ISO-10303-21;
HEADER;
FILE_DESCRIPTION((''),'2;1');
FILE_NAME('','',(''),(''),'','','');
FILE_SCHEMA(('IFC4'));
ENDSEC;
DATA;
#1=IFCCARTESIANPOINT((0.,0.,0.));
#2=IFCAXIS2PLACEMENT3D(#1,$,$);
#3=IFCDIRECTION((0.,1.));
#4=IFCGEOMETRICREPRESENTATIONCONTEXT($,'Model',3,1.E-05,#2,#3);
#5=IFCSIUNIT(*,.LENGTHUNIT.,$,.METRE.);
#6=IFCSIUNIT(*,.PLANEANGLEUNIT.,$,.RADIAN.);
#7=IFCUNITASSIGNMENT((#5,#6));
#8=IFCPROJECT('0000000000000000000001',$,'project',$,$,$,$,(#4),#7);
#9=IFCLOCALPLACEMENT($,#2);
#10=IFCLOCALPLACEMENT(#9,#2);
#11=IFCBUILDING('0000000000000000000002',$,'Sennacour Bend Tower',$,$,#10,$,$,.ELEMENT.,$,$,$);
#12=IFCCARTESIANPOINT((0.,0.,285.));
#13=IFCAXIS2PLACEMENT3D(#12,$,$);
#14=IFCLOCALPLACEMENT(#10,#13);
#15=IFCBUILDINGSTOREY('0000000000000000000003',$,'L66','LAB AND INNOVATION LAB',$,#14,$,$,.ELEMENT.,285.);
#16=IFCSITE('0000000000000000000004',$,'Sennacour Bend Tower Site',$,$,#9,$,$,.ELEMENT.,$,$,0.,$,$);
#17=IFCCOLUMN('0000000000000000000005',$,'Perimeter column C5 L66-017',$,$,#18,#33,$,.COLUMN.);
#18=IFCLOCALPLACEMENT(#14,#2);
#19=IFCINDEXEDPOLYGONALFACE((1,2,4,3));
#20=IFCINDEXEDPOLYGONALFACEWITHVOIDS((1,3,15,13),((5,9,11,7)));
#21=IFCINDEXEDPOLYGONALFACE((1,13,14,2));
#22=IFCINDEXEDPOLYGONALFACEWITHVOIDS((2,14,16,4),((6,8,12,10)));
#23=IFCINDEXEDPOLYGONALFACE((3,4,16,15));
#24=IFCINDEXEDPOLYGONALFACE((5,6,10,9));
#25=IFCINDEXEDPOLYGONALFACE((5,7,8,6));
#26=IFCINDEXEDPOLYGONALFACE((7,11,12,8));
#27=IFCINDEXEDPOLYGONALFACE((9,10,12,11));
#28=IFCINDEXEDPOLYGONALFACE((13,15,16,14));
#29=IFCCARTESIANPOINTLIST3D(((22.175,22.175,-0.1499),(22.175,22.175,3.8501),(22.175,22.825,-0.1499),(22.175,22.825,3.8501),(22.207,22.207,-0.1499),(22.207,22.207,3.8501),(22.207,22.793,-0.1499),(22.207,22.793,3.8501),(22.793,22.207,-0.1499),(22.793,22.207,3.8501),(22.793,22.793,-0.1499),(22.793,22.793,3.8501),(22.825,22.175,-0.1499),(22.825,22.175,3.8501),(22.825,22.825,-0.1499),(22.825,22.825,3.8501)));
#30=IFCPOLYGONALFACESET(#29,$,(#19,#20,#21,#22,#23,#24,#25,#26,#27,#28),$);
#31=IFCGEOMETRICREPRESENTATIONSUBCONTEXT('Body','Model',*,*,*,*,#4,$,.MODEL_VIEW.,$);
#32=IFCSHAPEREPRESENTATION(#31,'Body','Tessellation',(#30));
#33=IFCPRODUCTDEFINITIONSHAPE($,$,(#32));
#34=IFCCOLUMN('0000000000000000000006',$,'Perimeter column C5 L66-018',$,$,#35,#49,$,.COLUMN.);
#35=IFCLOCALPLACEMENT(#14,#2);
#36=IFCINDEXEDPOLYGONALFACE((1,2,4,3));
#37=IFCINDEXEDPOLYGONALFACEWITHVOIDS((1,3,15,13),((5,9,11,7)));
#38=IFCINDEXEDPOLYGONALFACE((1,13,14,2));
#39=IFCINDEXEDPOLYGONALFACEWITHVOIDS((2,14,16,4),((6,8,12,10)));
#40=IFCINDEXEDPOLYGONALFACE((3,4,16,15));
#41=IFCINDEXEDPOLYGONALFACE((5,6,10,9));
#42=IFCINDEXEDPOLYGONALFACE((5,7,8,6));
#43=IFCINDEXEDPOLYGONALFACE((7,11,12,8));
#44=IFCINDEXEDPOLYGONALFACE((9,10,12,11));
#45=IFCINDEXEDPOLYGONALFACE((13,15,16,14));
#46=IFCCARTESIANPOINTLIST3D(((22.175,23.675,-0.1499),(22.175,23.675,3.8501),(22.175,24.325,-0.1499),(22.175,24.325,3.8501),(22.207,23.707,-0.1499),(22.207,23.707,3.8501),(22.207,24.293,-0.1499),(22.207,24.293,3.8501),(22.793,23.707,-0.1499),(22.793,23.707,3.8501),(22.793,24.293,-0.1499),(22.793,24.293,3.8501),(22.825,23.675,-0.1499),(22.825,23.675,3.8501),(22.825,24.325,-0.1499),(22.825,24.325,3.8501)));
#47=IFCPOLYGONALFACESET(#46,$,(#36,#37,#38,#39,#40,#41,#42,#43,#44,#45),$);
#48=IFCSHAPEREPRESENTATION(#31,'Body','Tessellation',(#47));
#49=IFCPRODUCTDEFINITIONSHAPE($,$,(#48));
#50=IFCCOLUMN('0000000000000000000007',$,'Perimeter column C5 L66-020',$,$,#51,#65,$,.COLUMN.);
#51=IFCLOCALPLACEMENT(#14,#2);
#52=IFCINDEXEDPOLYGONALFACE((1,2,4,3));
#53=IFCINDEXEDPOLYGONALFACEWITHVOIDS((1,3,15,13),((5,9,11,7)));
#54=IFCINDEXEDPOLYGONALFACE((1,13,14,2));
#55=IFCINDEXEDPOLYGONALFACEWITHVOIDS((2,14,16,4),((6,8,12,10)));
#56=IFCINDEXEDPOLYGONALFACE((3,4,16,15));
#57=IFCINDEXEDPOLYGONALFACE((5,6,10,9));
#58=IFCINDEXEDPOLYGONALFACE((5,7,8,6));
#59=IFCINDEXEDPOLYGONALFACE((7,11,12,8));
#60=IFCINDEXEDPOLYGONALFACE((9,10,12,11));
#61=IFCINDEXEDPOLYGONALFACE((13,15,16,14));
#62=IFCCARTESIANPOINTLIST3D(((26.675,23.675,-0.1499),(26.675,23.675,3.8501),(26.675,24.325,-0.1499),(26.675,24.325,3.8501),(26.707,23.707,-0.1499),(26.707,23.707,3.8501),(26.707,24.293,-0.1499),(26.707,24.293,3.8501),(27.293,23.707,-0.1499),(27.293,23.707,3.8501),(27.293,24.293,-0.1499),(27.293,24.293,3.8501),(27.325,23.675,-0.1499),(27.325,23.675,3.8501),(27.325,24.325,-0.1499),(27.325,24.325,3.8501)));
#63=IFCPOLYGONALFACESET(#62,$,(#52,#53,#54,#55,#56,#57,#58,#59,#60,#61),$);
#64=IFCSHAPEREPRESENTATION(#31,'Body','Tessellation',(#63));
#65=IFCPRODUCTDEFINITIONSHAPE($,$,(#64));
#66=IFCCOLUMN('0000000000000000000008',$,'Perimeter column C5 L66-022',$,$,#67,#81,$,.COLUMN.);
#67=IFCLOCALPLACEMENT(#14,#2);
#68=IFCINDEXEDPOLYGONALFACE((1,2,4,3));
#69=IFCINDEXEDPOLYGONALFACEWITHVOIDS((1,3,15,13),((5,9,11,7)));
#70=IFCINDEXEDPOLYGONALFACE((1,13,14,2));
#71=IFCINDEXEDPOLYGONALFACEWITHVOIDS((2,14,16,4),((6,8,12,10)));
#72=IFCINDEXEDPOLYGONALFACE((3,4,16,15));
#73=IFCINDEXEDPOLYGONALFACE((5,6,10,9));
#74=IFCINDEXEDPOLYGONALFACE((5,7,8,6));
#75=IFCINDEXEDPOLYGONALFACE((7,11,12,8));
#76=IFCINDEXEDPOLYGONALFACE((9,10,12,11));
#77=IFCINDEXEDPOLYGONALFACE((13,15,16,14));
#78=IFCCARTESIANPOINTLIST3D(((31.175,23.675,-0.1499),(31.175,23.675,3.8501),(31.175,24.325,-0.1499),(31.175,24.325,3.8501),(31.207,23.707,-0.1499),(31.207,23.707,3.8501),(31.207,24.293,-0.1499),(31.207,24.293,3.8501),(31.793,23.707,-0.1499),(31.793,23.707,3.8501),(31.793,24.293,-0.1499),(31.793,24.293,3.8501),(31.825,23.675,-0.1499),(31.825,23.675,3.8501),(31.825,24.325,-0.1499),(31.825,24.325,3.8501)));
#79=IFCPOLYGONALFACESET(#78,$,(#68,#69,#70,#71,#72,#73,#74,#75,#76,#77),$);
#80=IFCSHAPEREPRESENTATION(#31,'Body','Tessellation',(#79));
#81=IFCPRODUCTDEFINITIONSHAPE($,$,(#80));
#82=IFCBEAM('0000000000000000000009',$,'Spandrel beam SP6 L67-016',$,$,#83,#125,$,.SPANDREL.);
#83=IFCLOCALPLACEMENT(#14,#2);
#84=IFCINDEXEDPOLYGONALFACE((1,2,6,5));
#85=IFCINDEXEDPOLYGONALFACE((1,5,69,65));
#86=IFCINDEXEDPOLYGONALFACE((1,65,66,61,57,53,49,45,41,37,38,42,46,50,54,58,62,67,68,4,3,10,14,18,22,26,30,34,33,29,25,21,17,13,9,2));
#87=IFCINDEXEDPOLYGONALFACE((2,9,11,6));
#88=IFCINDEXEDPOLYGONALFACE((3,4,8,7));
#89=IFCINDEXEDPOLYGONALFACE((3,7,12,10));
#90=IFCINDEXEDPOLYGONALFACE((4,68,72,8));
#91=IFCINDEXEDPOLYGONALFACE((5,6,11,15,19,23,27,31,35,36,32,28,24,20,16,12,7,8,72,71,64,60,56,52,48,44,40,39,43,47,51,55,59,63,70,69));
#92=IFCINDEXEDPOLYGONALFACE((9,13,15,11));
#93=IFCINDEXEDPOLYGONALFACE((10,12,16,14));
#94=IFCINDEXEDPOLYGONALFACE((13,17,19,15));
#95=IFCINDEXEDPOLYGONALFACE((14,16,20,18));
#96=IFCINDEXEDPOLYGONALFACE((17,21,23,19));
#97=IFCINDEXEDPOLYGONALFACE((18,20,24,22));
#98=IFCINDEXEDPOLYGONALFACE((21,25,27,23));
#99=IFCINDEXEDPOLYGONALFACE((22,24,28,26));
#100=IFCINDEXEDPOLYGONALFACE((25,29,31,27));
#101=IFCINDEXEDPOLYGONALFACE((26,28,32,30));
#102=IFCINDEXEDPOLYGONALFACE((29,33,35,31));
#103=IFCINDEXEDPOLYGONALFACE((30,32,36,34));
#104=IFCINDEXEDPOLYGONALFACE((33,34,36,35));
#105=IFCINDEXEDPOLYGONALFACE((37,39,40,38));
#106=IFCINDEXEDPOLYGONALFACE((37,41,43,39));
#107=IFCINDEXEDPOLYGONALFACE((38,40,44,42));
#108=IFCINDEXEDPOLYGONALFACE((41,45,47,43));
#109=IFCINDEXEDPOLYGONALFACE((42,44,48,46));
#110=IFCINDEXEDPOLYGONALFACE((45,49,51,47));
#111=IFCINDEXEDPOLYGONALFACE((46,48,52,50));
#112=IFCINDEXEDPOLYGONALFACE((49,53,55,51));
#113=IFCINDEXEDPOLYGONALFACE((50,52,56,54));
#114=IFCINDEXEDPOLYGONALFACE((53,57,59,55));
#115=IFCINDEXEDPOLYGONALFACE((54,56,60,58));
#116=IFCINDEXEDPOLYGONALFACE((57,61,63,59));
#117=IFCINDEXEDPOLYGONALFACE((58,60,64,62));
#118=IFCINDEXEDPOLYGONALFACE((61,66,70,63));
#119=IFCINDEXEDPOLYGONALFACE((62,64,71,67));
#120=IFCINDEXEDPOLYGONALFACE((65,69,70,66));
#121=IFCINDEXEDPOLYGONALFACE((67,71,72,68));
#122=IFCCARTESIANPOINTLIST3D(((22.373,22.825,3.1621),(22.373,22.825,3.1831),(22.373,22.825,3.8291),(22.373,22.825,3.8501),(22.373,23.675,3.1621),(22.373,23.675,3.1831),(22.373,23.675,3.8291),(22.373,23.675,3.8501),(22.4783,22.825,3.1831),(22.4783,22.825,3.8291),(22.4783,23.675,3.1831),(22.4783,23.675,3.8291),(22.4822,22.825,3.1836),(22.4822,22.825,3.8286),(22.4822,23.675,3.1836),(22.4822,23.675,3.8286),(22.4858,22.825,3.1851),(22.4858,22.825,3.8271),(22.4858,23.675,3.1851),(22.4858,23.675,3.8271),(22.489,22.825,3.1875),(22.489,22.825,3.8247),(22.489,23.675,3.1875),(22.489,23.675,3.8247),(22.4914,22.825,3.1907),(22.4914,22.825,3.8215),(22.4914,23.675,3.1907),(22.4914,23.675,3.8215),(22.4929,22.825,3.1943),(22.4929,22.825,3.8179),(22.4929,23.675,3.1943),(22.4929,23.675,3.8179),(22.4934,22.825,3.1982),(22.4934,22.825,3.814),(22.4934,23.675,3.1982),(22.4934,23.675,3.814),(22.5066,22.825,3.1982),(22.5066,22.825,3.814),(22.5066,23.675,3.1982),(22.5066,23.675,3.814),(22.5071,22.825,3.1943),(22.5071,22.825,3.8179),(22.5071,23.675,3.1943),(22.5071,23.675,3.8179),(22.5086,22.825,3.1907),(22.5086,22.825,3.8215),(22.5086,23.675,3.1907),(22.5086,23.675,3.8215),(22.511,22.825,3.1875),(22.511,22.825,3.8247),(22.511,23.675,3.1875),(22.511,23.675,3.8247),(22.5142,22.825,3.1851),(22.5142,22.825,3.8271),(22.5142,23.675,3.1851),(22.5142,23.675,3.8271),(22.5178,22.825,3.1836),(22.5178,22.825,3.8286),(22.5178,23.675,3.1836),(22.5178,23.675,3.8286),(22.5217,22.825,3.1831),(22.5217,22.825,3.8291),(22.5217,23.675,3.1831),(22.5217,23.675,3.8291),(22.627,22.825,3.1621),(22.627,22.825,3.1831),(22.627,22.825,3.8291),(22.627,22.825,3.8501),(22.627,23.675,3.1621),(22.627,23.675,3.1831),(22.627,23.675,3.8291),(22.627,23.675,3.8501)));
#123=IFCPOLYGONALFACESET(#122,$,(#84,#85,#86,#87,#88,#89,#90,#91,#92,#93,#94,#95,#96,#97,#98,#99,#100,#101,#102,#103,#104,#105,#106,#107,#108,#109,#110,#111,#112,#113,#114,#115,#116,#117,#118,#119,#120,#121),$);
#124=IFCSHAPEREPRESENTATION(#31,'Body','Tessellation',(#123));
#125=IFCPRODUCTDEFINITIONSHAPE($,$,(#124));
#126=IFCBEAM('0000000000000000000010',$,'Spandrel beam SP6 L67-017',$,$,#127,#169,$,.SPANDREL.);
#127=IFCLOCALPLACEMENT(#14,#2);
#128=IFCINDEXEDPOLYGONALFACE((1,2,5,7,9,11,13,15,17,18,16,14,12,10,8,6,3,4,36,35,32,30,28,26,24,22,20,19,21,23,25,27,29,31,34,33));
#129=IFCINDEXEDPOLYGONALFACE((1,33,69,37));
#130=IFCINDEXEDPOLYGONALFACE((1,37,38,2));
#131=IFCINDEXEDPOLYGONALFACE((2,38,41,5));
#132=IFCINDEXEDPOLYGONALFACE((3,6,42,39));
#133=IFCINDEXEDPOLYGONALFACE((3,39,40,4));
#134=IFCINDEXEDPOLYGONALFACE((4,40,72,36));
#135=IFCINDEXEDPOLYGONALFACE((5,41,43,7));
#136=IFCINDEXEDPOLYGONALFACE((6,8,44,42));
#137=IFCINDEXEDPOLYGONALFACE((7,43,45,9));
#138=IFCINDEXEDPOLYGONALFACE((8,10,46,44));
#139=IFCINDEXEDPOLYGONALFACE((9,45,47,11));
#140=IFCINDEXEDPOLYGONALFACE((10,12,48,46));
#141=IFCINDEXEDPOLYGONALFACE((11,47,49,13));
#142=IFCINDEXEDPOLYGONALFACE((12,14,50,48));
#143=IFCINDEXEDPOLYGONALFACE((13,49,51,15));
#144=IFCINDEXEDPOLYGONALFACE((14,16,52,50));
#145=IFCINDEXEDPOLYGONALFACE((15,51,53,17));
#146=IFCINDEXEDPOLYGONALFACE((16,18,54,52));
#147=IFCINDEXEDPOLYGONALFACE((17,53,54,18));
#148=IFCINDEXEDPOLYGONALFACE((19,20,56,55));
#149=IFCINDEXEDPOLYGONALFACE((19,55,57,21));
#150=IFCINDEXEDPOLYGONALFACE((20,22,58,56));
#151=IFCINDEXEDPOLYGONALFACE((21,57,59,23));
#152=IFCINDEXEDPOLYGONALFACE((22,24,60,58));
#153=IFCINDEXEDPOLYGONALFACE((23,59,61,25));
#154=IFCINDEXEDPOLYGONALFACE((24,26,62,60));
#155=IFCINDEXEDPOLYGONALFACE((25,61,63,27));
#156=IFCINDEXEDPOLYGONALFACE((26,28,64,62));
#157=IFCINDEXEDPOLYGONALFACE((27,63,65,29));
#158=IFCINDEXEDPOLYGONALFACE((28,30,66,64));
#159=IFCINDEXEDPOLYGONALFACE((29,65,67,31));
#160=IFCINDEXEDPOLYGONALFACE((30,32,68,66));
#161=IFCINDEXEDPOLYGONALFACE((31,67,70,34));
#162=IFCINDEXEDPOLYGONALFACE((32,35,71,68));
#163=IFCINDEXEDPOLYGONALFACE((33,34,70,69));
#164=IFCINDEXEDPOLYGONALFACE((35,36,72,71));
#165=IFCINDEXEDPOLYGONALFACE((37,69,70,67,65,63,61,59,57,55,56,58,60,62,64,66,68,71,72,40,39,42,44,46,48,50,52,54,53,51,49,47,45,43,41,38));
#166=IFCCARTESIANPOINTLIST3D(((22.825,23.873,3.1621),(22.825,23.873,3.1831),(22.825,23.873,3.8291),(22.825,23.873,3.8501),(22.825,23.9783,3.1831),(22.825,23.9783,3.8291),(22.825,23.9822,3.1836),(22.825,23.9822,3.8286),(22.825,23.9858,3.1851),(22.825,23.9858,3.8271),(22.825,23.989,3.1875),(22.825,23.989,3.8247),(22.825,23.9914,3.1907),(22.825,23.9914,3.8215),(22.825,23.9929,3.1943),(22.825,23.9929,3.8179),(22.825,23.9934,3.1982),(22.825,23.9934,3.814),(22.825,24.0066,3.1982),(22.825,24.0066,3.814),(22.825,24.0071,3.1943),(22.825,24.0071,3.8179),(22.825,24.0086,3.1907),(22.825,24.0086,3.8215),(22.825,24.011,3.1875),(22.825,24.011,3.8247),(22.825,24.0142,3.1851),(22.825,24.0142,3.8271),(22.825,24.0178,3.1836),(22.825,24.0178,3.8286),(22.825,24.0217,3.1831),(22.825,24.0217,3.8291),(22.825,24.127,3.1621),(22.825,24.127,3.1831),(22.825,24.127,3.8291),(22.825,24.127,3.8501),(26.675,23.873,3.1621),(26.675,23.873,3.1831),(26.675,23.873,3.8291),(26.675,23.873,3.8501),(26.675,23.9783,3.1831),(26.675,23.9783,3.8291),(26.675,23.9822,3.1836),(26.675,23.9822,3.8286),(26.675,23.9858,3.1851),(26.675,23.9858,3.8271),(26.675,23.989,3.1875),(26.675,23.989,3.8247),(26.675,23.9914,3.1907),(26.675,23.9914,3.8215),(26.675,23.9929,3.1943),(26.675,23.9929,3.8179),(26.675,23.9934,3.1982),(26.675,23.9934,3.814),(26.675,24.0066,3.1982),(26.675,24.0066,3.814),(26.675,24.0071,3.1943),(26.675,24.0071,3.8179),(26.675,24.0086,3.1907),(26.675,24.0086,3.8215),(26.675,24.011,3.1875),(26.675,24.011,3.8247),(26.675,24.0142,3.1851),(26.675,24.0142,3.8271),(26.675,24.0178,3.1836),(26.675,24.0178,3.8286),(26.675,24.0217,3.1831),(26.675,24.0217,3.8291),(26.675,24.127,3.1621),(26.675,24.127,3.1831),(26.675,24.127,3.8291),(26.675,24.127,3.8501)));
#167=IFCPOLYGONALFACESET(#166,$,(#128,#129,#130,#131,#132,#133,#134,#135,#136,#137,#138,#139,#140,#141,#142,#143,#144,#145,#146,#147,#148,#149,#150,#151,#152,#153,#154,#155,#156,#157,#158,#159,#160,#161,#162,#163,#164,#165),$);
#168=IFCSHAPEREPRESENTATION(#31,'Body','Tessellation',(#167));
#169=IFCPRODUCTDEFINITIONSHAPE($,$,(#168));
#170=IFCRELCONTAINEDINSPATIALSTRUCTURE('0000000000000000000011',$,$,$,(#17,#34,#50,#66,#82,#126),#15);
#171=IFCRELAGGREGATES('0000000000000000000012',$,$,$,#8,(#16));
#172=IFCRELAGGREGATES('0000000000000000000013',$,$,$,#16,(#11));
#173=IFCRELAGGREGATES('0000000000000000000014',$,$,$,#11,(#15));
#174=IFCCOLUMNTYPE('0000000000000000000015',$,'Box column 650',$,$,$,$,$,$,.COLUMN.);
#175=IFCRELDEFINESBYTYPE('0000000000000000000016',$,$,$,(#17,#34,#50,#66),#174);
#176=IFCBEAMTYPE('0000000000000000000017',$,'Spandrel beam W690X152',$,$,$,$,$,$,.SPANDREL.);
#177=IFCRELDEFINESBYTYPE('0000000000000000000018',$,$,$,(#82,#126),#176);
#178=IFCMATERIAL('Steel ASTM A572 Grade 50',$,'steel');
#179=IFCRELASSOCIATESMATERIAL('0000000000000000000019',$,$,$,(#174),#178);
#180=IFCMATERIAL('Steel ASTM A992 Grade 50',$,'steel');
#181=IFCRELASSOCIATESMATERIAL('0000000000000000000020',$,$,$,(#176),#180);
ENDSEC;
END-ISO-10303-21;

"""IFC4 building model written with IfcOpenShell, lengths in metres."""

from ifc_helpers import new_model, si_unit, direction, frame, origin, origin_2d, place, context, subcontext, project, spatial, hollow_rectangle, i_section, extrude, material, material_profile, profile_set, type_object, element, save


model = new_model("IFC4")

# Units and contexts
model_context = context("Model", 3, precision=1e-05, world=origin(), true_north=direction((0.0, 1.0)))
body_context = subcontext(model_context, "Body", "Model", "MODEL_VIEW")
ifc_project = project(units=[si_unit("LENGTHUNIT", "METRE"), si_unit("PLANEANGLEUNIT", "RADIAN")], contexts=[model_context])

# Site, building, storey
site_placement = place(None, origin())
site = spatial("IfcSite", under=ifc_project, at=site_placement, Name="Sennacour Bend Tower Site", CompositionType="ELEMENT", RefElevation=0.0)
building_placement = place(site_placement, origin())
building = spatial("IfcBuilding", under=site, at=building_placement, Name="Sennacour Bend Tower", CompositionType="ELEMENT")
storey_placement = place(building_placement, frame((0.0, 0.0, 285.0)))
storey = spatial("IfcBuildingStorey", under=building, at=storey_placement, Name="L66", Description="LAB AND INNOVATION LAB", CompositionType="ELEMENT", Elevation=285.0)

# Columns
ifc_material_1 = material(Name="Steel ASTM A572 Grade 50", Category="steel")
ifc_material_profile_1 = material_profile(ifc_material_1, hollow_rectangle(XDim=0.6499, YDim=0.6499, WallThickness=0.032, at=origin_2d()), Name="Steel ASTM A572 Grade 50", Category="steel")
ifc_profile_set_1 = profile_set([ifc_material_profile_1], Name="Steel ASTM A572 Grade 50")
column_type = type_object("IfcColumnType", Name="Box column 650", PredefinedType="COLUMN", material=ifc_profile_set_1)
for number, where, z_axis, x_axis, name in (
    (1, (22.5, 22.5, -0.1499), (0.0, 0.0, 1.0), (1.0, 0.0, 0.0), "Perimeter column C5 L66-017"),
    (2, (22.5, 24.0, -0.1499), (0.0, 0.0, 1.0), (1.0, 0.0, 0.0), "Perimeter column C5 L66-018"),
    (3, (27.0, 24.0, -0.1499), (0.0, 0.0, 1.0), (1.0, 0.0, 0.0), "Perimeter column C5 L66-020"),
    (4, (31.5, 24.0, -0.1499), (0.0, 0.0, 1.0), (1.0, 0.0, 0.0), "Perimeter column C5 L66-022"),
):
    element("IfcColumn", number, at=place(storey_placement, frame(where, z_axis=z_axis, x_axis=x_axis)), inside=storey, type_object=column_type, Name=name, PredefinedType="COLUMN", context=body_context, shape_type="SweptSolid", body=[
        extrude(hollow_rectangle(XDim=0.6499, YDim=0.6499, WallThickness=0.032, at=origin_2d()), origin(), (0.0, 0.0, 1.0), 4.0),
    ])

# Beams
ifc_material_2 = material(Name="Steel ASTM A992 Grade 50", Category="steel")
ifc_material_profile_2 = material_profile(ifc_material_2, i_section(OverallWidth=0.2539, OverallDepth=0.688, WebThickness=0.0132, FlangeThickness=0.021, FilletRadius=0.0151, at=origin_2d()), Name="Steel ASTM A992 Grade 50", Category="steel")
ifc_profile_set_2 = profile_set([ifc_material_profile_2], Name="Steel ASTM A992 Grade 50")
beam_type = type_object("IfcBeamType", Name="Spandrel beam W690X152", PredefinedType="SPANDREL", material=ifc_profile_set_2)
beam_placement = place(storey_placement, frame((22.5, 22.825, 3.5061), z_axis=(0.0, 1.0, 0.0), x_axis=(-1.0, 0.0, 0.0)))
element("IfcBeam", 5, at=beam_placement, inside=storey, type_object=beam_type, Name="Spandrel beam SP6 L67-016", PredefinedType="SPANDREL", context=body_context, shape_type="SweptSolid", body=[
    extrude(i_section(OverallWidth=0.2539, OverallDepth=0.688, WebThickness=0.0132, FlangeThickness=0.021, FilletRadius=0.0151, at=origin_2d()), origin(), (0.0, 0.0, 1.0), 0.8501),
])
for number, where, z_axis, x_axis, name in (
    (6, (22.825, 24.0, 3.5061), (1.0, 0.0, 0.0), (0.0, 1.0, 0.0), "Spandrel beam SP6 L67-017"),
):
    element("IfcBeam", number, at=place(storey_placement, frame(where, z_axis=z_axis, x_axis=x_axis)), inside=storey, type_object=beam_type, Name=name, PredefinedType="SPANDREL", context=body_context, shape_type="SweptSolid", body=[
        extrude(i_section(OverallWidth=0.2539, OverallDepth=0.688, WebThickness=0.0132, FlangeThickness=0.021, FilletRadius=0.0151, at=origin_2d()), origin(), (0.0, 0.0, 1.0), 3.8501),
    ])

save(model, "model.ifc")
